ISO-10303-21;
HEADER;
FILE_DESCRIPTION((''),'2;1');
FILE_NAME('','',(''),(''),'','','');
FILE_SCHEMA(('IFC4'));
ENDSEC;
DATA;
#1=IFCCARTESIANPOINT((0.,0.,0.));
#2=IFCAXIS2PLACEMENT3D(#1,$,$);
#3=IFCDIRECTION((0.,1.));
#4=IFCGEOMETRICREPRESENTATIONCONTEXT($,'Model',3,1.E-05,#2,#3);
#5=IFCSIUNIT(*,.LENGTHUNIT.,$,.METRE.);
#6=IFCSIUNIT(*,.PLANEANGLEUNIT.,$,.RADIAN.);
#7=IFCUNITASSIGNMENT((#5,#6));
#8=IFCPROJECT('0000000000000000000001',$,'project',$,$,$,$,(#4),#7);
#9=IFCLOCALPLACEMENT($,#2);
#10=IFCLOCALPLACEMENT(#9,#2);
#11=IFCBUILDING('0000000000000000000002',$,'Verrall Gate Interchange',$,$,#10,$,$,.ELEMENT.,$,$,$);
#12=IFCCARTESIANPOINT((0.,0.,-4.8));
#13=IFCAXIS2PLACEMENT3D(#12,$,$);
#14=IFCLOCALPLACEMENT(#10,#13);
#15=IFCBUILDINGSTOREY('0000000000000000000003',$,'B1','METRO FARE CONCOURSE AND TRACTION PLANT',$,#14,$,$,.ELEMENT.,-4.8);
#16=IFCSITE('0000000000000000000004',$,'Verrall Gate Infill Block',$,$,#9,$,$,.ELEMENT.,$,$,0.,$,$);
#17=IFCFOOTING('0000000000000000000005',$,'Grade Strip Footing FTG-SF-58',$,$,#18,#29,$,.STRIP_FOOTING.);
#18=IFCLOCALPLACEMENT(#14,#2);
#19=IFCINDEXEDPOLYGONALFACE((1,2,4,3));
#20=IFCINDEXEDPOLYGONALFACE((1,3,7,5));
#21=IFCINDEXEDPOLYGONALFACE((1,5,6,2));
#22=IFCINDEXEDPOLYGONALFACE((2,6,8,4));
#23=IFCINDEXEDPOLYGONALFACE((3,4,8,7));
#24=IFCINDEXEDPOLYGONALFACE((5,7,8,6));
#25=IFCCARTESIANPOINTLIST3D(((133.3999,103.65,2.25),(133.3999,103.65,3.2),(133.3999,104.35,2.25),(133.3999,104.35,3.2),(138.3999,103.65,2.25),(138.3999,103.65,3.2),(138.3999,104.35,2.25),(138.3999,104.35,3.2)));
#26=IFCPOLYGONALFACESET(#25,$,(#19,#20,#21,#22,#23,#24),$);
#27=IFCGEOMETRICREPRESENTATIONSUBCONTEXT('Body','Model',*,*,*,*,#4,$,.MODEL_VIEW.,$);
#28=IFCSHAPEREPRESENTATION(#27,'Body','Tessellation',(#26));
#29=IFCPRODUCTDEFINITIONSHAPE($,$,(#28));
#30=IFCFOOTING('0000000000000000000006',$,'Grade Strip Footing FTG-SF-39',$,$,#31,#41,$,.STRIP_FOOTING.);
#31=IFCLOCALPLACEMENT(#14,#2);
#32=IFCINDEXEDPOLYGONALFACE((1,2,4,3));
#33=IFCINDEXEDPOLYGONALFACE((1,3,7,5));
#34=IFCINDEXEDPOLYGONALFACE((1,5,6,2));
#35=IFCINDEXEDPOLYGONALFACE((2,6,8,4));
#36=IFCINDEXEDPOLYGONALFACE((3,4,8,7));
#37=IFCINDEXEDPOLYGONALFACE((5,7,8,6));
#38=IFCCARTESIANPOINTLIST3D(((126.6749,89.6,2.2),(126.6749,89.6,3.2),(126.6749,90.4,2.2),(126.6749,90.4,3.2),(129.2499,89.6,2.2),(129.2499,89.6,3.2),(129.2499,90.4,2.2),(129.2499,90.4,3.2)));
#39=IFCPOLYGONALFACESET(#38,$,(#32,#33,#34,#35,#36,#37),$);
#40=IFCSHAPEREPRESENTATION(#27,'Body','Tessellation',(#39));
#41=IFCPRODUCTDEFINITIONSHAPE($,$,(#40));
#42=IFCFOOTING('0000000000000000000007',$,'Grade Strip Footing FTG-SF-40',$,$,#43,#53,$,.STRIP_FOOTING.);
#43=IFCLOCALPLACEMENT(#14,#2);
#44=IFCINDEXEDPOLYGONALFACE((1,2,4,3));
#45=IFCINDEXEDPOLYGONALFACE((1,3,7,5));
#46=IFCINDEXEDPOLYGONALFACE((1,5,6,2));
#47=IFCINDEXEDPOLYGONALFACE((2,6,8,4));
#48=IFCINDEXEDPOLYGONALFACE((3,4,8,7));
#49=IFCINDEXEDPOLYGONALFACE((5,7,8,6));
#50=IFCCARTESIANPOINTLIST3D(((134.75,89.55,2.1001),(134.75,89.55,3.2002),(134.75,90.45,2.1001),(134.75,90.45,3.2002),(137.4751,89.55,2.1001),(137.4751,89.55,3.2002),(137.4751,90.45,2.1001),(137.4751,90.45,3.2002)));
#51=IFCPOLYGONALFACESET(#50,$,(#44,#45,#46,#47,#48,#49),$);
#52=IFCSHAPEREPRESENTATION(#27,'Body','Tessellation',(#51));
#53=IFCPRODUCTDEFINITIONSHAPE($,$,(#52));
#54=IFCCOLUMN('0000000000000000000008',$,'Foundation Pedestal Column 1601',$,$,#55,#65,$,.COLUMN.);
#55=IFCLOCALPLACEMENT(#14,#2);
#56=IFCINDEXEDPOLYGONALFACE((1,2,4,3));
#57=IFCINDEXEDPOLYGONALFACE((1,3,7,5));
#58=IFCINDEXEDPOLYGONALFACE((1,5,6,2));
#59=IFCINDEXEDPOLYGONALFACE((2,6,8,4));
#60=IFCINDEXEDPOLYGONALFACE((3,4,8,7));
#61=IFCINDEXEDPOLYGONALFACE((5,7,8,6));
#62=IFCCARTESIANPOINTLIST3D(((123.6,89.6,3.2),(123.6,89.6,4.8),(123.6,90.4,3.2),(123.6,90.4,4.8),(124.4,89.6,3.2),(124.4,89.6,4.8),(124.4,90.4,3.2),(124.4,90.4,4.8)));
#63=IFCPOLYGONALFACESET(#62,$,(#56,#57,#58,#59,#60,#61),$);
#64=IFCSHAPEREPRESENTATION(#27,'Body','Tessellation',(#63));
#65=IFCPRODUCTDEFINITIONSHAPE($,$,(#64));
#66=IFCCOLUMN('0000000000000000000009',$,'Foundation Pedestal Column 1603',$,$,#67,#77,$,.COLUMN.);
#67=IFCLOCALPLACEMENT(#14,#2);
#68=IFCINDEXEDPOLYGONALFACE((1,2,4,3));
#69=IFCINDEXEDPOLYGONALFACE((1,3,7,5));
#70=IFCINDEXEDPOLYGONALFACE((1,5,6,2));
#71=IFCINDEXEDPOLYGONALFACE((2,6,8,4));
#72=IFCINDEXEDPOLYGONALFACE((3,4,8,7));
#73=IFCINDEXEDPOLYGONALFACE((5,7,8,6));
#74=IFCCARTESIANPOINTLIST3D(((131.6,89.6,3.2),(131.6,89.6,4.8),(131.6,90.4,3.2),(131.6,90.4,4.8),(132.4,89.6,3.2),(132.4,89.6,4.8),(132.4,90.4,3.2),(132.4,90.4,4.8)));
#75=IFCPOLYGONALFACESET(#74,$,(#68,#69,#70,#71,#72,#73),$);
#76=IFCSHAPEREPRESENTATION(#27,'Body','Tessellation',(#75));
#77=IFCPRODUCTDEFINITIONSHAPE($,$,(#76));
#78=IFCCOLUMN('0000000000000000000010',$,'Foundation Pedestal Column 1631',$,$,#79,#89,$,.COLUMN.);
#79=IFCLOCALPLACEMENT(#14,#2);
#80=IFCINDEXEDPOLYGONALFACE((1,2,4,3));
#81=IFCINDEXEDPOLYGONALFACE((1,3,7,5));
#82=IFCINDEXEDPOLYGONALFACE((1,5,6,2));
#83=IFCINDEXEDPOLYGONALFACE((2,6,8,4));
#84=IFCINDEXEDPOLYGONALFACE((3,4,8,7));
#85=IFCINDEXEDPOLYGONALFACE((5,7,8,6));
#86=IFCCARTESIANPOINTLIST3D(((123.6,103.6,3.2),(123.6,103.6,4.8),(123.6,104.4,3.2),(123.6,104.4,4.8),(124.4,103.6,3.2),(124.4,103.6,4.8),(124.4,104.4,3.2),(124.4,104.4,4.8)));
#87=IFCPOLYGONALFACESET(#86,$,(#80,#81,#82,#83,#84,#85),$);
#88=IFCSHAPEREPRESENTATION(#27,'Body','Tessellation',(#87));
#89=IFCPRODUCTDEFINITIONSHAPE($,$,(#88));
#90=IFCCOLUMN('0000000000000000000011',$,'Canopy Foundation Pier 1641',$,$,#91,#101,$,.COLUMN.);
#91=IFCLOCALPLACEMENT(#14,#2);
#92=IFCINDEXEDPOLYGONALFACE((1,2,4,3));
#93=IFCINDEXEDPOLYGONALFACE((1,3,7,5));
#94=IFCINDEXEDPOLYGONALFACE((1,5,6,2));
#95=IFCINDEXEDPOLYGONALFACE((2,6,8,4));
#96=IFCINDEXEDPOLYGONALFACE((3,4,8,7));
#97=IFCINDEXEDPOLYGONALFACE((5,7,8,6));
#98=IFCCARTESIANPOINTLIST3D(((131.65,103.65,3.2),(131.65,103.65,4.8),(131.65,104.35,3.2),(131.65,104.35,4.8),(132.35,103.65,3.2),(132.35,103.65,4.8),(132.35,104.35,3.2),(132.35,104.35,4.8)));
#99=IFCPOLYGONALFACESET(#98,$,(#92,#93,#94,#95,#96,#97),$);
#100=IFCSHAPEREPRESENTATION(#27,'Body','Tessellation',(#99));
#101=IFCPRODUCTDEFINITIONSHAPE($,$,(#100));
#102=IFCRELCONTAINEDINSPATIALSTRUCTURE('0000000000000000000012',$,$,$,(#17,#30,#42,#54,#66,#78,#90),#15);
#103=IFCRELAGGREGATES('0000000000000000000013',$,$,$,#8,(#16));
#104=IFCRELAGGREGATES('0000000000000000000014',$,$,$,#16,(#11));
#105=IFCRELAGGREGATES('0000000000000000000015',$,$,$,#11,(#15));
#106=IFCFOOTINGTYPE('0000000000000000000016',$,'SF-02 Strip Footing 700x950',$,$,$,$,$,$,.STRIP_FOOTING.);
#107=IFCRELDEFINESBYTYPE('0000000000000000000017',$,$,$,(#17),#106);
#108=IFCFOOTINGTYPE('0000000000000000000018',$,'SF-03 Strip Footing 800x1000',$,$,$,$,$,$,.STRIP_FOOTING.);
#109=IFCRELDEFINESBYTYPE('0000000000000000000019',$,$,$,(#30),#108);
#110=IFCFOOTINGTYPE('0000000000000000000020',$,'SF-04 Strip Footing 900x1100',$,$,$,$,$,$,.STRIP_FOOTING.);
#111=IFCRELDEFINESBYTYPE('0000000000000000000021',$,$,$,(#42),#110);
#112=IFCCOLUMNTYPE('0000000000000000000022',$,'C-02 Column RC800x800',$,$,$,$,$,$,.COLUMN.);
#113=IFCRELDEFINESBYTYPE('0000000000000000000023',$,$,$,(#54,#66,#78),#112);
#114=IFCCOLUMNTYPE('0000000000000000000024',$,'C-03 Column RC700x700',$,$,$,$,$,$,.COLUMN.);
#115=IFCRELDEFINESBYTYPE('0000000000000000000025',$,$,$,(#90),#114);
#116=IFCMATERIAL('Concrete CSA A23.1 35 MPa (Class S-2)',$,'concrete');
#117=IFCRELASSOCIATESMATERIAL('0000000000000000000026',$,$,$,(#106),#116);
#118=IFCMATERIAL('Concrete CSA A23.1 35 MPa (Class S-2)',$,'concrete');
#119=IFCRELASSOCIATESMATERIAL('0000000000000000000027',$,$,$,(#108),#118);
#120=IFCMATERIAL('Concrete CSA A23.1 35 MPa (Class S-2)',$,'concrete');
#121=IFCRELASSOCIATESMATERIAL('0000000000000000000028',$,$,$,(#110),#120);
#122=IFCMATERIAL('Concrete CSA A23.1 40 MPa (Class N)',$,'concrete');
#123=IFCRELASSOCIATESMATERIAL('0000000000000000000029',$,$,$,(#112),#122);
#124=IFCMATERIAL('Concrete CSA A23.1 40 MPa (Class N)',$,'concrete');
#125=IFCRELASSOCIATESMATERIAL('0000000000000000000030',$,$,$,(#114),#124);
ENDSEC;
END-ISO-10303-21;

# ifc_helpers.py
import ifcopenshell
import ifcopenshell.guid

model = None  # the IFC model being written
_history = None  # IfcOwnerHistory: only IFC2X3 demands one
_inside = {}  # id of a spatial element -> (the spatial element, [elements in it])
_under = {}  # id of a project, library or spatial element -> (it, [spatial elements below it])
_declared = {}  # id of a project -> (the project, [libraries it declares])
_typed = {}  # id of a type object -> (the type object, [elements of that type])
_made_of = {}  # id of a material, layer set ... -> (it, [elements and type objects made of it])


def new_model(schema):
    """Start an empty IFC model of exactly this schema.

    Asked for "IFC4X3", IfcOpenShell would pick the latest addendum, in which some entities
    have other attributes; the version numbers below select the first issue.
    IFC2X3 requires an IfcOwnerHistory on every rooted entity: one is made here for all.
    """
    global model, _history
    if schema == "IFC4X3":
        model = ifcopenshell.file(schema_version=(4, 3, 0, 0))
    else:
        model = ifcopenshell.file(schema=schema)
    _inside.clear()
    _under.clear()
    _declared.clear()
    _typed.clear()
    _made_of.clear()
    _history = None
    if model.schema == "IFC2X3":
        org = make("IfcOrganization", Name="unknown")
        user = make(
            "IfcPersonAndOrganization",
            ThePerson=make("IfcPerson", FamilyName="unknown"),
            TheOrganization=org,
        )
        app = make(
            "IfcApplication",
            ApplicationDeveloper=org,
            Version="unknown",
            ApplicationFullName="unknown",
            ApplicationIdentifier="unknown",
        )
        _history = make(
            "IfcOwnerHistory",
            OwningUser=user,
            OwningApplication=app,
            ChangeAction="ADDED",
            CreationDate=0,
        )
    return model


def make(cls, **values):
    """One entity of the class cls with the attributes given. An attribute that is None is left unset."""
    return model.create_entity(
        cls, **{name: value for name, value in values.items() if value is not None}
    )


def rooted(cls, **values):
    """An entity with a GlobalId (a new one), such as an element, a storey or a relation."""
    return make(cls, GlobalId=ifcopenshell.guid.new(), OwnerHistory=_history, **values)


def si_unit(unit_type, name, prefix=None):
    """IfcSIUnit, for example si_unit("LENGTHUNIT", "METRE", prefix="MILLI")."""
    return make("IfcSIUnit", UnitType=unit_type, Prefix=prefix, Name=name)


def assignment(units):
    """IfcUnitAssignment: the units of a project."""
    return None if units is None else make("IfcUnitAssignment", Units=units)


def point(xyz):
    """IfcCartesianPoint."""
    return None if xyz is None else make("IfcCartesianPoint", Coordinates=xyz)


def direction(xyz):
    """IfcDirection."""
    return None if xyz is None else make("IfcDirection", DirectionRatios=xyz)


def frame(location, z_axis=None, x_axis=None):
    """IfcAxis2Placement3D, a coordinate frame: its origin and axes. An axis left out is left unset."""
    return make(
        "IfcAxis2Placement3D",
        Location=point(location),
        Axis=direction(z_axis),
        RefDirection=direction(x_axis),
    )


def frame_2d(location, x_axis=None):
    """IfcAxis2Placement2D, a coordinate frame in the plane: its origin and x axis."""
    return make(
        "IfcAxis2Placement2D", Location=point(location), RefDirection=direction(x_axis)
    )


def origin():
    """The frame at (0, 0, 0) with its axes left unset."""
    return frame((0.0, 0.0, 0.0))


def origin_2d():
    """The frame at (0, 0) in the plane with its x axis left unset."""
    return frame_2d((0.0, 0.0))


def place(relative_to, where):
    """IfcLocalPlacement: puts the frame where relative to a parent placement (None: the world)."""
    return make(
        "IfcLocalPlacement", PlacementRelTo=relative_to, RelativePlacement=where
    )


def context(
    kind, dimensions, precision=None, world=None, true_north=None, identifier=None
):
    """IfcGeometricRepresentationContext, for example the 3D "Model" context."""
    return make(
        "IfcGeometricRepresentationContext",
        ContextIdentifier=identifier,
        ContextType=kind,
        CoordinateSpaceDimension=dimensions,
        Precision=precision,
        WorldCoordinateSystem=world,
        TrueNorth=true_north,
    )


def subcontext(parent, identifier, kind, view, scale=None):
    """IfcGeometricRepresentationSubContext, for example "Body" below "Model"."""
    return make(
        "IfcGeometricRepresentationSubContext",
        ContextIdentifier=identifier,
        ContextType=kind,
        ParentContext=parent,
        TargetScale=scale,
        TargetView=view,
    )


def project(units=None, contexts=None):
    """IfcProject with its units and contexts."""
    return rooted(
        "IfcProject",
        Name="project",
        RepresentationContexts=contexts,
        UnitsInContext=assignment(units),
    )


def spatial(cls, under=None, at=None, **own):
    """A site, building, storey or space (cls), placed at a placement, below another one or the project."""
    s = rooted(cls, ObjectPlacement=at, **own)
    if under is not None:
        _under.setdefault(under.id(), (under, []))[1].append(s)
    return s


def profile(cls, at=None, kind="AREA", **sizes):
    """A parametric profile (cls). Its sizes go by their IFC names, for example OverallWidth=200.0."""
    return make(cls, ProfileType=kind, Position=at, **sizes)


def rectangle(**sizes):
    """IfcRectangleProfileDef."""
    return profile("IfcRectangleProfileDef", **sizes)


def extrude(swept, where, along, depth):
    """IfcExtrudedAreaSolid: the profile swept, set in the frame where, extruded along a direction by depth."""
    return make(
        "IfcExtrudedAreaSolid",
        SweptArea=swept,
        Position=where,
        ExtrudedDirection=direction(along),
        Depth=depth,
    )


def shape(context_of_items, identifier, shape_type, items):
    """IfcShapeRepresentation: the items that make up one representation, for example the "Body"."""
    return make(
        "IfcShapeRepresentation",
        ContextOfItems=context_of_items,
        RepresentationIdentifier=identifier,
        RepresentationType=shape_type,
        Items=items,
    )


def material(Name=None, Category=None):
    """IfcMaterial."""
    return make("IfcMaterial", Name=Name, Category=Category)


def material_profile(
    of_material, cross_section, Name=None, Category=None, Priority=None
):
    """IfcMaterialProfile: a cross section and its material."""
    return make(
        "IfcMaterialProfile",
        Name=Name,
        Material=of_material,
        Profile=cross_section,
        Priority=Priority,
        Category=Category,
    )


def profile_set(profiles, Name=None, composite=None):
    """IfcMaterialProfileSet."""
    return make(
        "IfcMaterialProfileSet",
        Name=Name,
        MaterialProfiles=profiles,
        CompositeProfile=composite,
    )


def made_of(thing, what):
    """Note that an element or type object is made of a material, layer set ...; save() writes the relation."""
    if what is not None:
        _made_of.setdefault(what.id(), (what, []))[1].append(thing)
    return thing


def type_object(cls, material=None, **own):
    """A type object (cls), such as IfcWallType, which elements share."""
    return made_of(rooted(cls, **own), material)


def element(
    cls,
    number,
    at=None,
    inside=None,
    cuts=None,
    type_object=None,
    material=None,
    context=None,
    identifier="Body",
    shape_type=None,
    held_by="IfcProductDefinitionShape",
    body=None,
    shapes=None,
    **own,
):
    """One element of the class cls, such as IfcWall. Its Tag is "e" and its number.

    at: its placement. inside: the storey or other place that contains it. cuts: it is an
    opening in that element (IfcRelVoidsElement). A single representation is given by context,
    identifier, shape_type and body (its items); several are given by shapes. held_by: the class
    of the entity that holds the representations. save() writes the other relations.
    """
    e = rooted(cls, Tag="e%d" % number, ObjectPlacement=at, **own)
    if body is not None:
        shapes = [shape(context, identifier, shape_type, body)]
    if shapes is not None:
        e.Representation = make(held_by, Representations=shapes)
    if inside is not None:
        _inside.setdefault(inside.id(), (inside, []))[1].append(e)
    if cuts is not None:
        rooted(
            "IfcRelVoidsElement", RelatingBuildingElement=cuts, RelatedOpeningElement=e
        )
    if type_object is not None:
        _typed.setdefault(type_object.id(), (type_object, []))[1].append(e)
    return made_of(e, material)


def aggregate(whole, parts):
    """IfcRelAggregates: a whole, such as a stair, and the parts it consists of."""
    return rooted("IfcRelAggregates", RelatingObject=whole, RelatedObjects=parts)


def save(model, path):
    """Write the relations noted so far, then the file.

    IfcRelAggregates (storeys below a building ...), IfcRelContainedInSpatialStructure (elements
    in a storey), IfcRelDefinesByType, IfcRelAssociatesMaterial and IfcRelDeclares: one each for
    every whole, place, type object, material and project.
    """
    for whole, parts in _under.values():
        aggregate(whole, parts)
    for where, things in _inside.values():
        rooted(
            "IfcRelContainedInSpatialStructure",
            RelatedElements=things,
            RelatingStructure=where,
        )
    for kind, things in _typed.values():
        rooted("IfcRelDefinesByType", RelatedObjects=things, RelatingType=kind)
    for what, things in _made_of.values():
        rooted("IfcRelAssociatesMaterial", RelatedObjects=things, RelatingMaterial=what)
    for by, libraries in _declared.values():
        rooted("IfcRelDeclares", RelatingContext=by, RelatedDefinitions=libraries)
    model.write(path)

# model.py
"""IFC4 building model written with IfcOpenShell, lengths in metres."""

from ifc_helpers import new_model, si_unit, direction, frame, origin, origin_2d, place, context, subcontext, project, spatial, rectangle, extrude, material, material_profile, profile_set, type_object, element, save


model = new_model("IFC4")

# Units and contexts
model_context = context("Model", 3, precision=1e-05, world=origin(), true_north=direction((0.0, 1.0)))
body_context = subcontext(model_context, "Body", "Model", "MODEL_VIEW")
ifc_project = project(units=[si_unit("LENGTHUNIT", "METRE"), si_unit("PLANEANGLEUNIT", "RADIAN")], contexts=[model_context])

# Site, building, storey
site_placement = place(None, origin())
site = spatial("IfcSite", under=ifc_project, at=site_placement, Name="Verrall Gate Infill Block", CompositionType="ELEMENT", RefElevation=0.0)
building_placement = place(site_placement, origin())
building = spatial("IfcBuilding", under=site, at=building_placement, Name="Verrall Gate Interchange", CompositionType="ELEMENT")
storey_placement = place(building_placement, frame((0.0, 0.0, -4.8)))
storey = spatial("IfcBuildingStorey", under=building, at=storey_placement, Name="B1", Description="METRO FARE CONCOURSE AND TRACTION PLANT", CompositionType="ELEMENT", Elevation=-4.8)

# Footings
ifc_material_1 = material(Name="Concrete CSA A23.1 35 MPa (Class S-2)", Category="concrete")
footing_type_1 = type_object("IfcFootingType", Name="SF-02 Strip Footing 700x950", PredefinedType="STRIP_FOOTING", material=ifc_material_1)
footing_1_placement = place(storey_placement, frame((135.8999, 104.0, 2.25), z_axis=(0.0, 0.0, 1.0), x_axis=(1.0, 0.0, 0.0)))
element("IfcFooting", 1, at=footing_1_placement, inside=storey, type_object=footing_type_1, Name="Grade Strip Footing FTG-SF-58", PredefinedType="STRIP_FOOTING", context=body_context, shape_type="SweptSolid", body=[
    extrude(rectangle(XDim=5.0, YDim=0.7, at=origin_2d()), origin(), (0.0, 0.0, 1.0), 0.95),
])
ifc_material_2 = material(Name="Concrete CSA A23.1 35 MPa (Class S-2)", Category="concrete")
footing_type_2 = type_object("IfcFootingType", Name="SF-03 Strip Footing 800x1000", PredefinedType="STRIP_FOOTING", material=ifc_material_2)
footing_2_placement = place(storey_placement, frame((127.9624, 90.0, 2.2), z_axis=(0.0, 0.0, 1.0), x_axis=(1.0, 0.0, 0.0)))
element("IfcFooting", 2, at=footing_2_placement, inside=storey, type_object=footing_type_2, Name="Grade Strip Footing FTG-SF-39", PredefinedType="STRIP_FOOTING", context=body_context, shape_type="SweptSolid", body=[
    extrude(rectangle(XDim=2.575, YDim=0.8, at=origin_2d()), origin(), (0.0, 0.0, 1.0), 1.0),
])
ifc_material_3 = material(Name="Concrete CSA A23.1 35 MPa (Class S-2)", Category="concrete")
footing_type_3 = type_object("IfcFootingType", Name="SF-04 Strip Footing 900x1100", PredefinedType="STRIP_FOOTING", material=ifc_material_3)
footing_3_placement = place(storey_placement, frame((136.1125, 90.0, 2.1001), z_axis=(0.0, 0.0, 1.0), x_axis=(1.0, 0.0, 0.0)))
element("IfcFooting", 3, at=footing_3_placement, inside=storey, type_object=footing_type_3, Name="Grade Strip Footing FTG-SF-40", PredefinedType="STRIP_FOOTING", context=body_context, shape_type="SweptSolid", body=[
    extrude(rectangle(XDim=2.7251, YDim=0.8999, at=origin_2d()), origin(), (0.0, 0.0, 1.0), 1.1001),
])

# Columns
ifc_material_4 = material(Name="Concrete CSA A23.1 40 MPa (Class N)", Category="concrete")
ifc_material_profile_1 = material_profile(ifc_material_4, rectangle(XDim=0.8, YDim=0.8, at=origin_2d()), Name="RC800x800")
ifc_profile_set_1 = profile_set([ifc_material_profile_1], Name="Concrete CSA A23.1 40 MPa (Class N)")
column_type_1 = type_object("IfcColumnType", Name="C-02 Column RC800x800", PredefinedType="COLUMN", material=ifc_profile_set_1)
for number, where, z_axis, x_axis, name in (
    (4, (124.0, 90.0, 3.2), (0.0, 0.0, 1.0), (1.0, 0.0, 0.0), "Foundation Pedestal Column 1601"),
    (5, (132.0, 90.0, 3.2), (0.0, 0.0, 1.0), (1.0, 0.0, 0.0), "Foundation Pedestal Column 1603"),
    (6, (124.0, 104.0, 3.2), (0.0, 0.0, 1.0), (1.0, 0.0, 0.0), "Foundation Pedestal Column 1631"),
):
    element("IfcColumn", number, at=place(storey_placement, frame(where, z_axis=z_axis, x_axis=x_axis)), inside=storey, type_object=column_type_1, Name=name, PredefinedType="COLUMN", context=body_context, shape_type="SweptSolid", body=[
        extrude(rectangle(XDim=0.8, YDim=0.8, at=origin_2d()), origin(), (0.0, 0.0, 1.0), 1.6001),
    ])
ifc_material_5 = material(Name="Concrete CSA A23.1 40 MPa (Class N)", Category="concrete")
ifc_material_profile_2 = material_profile(ifc_material_5, rectangle(XDim=0.7, YDim=0.7, at=origin_2d()), Name="RC700x700")
ifc_profile_set_2 = profile_set([ifc_material_profile_2], Name="Concrete CSA A23.1 40 MPa (Class N)")
column_type_2 = type_object("IfcColumnType", Name="C-03 Column RC700x700", PredefinedType="COLUMN", material=ifc_profile_set_2)
column_placement = place(storey_placement, frame((132.0, 104.0, 3.2), z_axis=(0.0, 0.0, 1.0), x_axis=(1.0, 0.0, 0.0)))
element("IfcColumn", 7, at=column_placement, inside=storey, type_object=column_type_2, Name="Canopy Foundation Pier 1641", PredefinedType="COLUMN", context=body_context, shape_type="SweptSolid", body=[
    extrude(rectangle(XDim=0.7, YDim=0.7, at=origin_2d()), origin(), (0.0, 0.0, 1.0), 1.6001),
])

save(model, "model.ifc")
